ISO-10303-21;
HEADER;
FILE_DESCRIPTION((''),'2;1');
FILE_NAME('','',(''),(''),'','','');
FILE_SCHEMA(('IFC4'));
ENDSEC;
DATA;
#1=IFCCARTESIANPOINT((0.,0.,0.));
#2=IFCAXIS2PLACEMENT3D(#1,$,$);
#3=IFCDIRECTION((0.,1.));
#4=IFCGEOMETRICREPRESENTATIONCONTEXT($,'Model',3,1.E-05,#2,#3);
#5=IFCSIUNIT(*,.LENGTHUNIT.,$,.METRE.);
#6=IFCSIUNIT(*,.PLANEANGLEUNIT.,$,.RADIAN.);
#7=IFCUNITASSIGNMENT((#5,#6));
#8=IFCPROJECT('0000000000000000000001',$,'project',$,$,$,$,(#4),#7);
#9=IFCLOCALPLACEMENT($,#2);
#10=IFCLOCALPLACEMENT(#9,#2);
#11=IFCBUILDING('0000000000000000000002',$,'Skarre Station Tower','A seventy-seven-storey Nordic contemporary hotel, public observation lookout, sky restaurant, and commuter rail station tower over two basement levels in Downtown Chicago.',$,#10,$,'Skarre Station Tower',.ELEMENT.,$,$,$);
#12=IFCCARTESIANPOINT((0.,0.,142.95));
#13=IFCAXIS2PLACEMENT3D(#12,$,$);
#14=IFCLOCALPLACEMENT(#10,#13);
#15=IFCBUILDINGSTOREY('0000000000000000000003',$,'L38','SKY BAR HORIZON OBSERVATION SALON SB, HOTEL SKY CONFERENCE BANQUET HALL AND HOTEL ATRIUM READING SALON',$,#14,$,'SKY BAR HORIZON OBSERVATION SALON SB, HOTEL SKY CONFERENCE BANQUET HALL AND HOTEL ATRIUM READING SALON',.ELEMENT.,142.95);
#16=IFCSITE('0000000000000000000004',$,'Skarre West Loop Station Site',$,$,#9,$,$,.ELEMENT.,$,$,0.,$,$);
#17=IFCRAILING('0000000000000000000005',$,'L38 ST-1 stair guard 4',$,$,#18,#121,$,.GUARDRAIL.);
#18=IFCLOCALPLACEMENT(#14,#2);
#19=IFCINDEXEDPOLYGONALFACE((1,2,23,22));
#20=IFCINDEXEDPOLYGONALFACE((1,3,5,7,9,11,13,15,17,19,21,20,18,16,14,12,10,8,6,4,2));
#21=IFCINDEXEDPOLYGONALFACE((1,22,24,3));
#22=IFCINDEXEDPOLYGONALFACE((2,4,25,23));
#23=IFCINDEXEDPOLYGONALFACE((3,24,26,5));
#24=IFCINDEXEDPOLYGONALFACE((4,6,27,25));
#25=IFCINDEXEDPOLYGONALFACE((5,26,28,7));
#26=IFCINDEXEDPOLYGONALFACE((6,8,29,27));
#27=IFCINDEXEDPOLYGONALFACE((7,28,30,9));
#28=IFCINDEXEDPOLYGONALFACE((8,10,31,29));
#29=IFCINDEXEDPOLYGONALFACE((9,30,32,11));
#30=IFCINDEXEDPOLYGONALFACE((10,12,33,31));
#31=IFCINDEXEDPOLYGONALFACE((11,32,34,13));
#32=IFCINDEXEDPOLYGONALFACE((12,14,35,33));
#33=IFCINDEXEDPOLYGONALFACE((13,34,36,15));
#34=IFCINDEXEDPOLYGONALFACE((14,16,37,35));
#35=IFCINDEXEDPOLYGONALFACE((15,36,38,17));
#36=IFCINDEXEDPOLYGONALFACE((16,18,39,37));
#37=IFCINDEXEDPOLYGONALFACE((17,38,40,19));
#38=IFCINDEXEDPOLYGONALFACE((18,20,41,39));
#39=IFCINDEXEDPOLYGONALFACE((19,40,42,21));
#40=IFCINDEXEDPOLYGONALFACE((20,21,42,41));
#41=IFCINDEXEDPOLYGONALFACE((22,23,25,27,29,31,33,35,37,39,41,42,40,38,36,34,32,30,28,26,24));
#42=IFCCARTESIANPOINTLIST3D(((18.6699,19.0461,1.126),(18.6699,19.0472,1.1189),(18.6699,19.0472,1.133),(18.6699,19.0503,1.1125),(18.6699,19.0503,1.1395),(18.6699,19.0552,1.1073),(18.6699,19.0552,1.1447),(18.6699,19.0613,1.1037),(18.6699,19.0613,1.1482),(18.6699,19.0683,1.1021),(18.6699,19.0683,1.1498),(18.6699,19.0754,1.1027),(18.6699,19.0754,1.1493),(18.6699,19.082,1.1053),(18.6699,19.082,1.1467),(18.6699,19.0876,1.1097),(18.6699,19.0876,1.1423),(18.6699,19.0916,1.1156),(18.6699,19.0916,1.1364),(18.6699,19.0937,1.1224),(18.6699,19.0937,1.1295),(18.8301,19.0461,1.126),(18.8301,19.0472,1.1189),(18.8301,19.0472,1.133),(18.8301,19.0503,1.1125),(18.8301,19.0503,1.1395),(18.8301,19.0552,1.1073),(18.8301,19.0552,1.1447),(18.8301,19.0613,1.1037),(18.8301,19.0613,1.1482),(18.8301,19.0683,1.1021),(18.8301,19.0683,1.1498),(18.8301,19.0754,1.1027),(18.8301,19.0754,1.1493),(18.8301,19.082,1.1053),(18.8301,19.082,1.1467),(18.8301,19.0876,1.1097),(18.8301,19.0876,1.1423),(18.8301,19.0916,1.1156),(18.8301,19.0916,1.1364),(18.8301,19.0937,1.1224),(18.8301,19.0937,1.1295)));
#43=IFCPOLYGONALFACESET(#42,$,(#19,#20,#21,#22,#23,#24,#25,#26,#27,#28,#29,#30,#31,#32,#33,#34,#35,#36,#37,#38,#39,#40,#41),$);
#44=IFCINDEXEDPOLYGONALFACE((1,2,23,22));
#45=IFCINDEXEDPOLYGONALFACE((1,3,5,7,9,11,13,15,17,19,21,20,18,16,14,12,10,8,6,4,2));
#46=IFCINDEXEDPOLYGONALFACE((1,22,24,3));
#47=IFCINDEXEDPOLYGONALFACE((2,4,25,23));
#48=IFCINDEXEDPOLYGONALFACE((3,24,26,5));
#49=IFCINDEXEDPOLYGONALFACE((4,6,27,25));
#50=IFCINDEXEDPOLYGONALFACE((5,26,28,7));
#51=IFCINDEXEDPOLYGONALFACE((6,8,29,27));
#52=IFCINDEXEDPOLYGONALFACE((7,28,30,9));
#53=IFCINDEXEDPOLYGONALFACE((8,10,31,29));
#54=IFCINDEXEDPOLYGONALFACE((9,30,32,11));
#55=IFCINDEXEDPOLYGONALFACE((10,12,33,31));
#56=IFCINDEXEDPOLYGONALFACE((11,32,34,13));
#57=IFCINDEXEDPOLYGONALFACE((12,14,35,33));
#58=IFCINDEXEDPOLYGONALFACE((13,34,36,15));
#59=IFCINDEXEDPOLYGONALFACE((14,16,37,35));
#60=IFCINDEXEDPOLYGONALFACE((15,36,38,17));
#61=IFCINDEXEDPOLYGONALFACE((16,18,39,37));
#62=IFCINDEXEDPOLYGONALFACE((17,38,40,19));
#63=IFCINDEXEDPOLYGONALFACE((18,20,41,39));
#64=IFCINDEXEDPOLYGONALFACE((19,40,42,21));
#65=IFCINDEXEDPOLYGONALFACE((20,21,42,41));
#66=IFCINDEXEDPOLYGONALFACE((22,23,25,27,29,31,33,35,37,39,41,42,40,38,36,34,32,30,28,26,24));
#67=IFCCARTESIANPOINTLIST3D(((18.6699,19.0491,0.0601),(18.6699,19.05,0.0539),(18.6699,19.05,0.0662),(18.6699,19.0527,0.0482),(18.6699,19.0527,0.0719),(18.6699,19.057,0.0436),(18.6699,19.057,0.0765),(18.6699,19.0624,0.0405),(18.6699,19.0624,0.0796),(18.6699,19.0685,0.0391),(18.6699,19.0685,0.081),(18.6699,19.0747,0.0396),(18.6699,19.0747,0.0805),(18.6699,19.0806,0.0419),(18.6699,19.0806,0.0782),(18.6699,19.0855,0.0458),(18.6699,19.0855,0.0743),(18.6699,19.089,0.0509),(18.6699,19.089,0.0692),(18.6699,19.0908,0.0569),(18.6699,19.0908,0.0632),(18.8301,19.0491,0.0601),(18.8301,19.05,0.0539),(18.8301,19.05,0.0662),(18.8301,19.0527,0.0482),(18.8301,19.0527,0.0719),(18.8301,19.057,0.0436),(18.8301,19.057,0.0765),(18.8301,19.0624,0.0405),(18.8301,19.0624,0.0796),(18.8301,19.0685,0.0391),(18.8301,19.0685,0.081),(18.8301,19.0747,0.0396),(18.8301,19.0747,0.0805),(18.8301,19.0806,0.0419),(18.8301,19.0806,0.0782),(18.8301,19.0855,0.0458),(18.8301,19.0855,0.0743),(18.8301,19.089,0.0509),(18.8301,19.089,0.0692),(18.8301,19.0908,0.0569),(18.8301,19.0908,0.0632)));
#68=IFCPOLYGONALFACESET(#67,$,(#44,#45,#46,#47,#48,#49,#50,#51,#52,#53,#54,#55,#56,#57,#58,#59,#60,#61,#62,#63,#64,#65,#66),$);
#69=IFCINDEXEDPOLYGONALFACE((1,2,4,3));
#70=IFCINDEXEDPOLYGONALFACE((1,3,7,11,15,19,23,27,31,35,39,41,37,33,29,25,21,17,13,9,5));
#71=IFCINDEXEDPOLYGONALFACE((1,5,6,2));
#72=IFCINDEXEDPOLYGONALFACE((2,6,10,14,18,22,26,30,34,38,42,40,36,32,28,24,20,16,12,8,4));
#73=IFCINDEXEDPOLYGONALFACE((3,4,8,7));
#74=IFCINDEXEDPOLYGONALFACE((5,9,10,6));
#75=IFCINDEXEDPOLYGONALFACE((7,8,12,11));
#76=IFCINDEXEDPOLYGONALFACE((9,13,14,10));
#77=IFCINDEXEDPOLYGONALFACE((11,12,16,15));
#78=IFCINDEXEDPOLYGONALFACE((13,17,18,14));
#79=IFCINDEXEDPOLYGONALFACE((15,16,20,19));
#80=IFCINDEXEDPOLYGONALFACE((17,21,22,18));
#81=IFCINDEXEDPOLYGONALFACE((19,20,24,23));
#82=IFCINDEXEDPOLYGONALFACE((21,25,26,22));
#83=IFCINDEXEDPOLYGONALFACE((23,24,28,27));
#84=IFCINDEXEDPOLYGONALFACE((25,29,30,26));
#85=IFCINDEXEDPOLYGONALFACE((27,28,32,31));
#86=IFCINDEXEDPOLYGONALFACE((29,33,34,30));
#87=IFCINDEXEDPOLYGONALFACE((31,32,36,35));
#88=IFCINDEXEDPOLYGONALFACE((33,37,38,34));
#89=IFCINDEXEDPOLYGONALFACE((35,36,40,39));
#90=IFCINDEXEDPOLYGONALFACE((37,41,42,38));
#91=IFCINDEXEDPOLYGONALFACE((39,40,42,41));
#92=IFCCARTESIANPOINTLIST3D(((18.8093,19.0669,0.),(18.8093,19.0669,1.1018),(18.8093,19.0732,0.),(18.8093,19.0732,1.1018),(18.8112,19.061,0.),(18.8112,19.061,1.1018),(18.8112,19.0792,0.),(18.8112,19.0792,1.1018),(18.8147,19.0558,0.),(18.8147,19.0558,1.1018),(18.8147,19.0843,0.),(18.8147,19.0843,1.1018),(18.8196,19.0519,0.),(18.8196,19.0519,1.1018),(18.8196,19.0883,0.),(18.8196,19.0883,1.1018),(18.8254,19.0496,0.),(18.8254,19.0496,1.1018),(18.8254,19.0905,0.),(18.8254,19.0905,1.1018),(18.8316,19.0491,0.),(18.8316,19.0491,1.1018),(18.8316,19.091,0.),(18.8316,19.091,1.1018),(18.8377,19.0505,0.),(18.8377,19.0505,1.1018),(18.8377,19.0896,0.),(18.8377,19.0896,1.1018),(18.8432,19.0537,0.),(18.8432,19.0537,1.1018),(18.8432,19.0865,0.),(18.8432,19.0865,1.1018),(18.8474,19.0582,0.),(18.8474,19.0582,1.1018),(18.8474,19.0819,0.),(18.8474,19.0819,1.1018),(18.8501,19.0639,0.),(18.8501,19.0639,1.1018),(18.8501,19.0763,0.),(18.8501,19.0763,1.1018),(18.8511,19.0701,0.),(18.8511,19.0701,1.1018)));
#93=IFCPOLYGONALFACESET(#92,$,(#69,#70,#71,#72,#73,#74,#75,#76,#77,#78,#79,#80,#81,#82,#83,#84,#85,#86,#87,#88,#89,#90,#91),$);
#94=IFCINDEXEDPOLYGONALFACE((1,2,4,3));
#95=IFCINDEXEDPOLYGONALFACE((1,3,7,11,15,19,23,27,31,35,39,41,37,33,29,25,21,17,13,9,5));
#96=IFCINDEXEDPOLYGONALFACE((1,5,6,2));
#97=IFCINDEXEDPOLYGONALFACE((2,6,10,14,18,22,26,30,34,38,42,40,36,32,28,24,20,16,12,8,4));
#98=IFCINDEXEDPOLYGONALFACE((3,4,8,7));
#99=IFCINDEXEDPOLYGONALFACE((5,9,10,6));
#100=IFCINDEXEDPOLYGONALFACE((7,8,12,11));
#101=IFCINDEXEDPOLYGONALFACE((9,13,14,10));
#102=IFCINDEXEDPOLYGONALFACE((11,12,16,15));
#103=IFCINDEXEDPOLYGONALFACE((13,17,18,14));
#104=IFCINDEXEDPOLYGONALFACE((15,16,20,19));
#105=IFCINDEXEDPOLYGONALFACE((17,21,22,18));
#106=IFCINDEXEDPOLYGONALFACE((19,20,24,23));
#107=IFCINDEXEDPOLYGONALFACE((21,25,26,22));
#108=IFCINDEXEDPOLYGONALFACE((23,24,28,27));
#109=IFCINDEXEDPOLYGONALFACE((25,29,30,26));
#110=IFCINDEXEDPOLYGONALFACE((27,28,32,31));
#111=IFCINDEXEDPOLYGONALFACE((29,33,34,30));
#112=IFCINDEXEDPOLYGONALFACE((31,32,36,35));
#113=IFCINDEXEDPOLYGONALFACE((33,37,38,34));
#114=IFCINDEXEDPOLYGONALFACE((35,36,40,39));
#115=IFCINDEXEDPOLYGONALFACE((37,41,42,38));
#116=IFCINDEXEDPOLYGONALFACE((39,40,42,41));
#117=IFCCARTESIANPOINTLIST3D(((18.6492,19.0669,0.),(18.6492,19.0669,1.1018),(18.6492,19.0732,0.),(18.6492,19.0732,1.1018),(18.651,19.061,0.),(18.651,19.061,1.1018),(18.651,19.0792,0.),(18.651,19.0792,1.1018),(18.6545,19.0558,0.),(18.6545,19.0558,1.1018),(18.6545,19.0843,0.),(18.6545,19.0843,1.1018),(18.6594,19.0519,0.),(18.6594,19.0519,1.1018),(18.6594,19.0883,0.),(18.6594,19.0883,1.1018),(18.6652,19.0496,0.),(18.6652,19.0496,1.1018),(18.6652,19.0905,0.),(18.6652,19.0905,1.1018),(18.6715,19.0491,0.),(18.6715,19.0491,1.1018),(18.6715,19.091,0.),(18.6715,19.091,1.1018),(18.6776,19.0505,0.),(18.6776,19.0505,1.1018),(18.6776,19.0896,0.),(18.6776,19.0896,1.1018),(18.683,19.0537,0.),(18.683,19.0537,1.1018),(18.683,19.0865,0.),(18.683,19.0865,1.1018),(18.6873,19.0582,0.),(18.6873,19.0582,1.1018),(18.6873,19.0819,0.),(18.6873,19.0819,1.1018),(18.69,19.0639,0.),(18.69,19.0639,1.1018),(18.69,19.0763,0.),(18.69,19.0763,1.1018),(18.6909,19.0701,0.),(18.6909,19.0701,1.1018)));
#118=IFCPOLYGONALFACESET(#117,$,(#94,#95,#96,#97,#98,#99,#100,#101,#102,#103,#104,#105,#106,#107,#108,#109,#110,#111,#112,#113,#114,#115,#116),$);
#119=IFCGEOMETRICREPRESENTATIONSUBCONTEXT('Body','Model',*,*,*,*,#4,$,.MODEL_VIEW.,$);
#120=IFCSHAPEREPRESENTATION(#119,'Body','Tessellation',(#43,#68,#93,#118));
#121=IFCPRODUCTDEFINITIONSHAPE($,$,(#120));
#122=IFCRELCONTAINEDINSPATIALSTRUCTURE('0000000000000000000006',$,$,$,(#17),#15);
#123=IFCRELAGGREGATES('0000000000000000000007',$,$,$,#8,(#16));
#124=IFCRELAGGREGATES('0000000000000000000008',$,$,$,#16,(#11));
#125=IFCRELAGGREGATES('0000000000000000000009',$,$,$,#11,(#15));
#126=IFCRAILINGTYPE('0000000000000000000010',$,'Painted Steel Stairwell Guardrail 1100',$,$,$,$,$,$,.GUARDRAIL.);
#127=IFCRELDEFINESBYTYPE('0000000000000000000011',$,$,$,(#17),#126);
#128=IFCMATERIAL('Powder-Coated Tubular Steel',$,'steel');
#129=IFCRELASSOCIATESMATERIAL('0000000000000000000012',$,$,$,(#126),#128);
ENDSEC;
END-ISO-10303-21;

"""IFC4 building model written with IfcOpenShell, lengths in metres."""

from ifc_helpers import new_model, si_unit, direction, frame, origin, origin_2d, place, context, subcontext, project, spatial, circle, extrude, material, type_object, element, save


model = new_model("IFC4")

# Units and contexts
model_context = context("Model", 3, precision=1e-05, world=origin(), true_north=direction((0.0, 1.0)))
body_context = subcontext(model_context, "Body", "Model", "MODEL_VIEW")
ifc_project = project(units=[si_unit("LENGTHUNIT", "METRE"), si_unit("PLANEANGLEUNIT", "RADIAN")], contexts=[model_context])

# Site, building, storey
site_placement = place(None, origin())
site = spatial("IfcSite", under=ifc_project, at=site_placement, Name="Skarre West Loop Station Site", CompositionType="ELEMENT", RefElevation=0.0)
building_placement = place(site_placement, origin())
building = spatial("IfcBuilding", under=site, at=building_placement, Name="Skarre Station Tower", Description="A seventy-seven-storey Nordic contemporary hotel, public observation lookout, sky restaurant, and commuter rail station tower over two basement levels in Downtown Chicago.", LongName="Skarre Station Tower", CompositionType="ELEMENT")
storey_placement = place(building_placement, frame((0.0, 0.0, 142.95)))
storey = spatial("IfcBuildingStorey", under=building, at=storey_placement, Name="L38", Description="SKY BAR HORIZON OBSERVATION SALON SB, HOTEL SKY CONFERENCE BANQUET HALL AND HOTEL ATRIUM READING SALON", LongName="SKY BAR HORIZON OBSERVATION SALON SB, HOTEL SKY CONFERENCE BANQUET HALL AND HOTEL ATRIUM READING SALON", CompositionType="ELEMENT", Elevation=142.95)

# Railing
ifc_material_1 = material(Name="Powder-Coated Tubular Steel", Category="steel")
railing_type_1 = type_object("IfcRailingType", Name="Painted Steel Stairwell Guardrail 1100", PredefinedType="GUARDRAIL", material=ifc_material_1)
railing_1_placement = place(storey_placement, frame((18.8301, 19.0701, 0.0)))
element("IfcRailing", 1, at=railing_1_placement, inside=storey, type_object=railing_type_1, Name="L38 ST-1 stair guard 4", PredefinedType="GUARDRAIL", context=body_context, shape_type="SweptSolid", body=[
    extrude(circle(Radius=0.0239, at=origin_2d()), frame((0.0, 0.0, 1.126), z_axis=(-1.0, 0.0, 0.0), x_axis=(0.0, -1.0, 0.0)), (0.0, 0.0, 1.0), 0.1602),
    extrude(circle(Radius=0.021, at=origin_2d()), frame((0.0, 0.0, 0.0601), z_axis=(-1.0, 0.0, 0.0), x_axis=(0.0, -1.0, 0.0)), (0.0, 0.0, 1.0), 0.1602),
    extrude(circle(Radius=0.021, at=origin_2d()), origin(), (0.0, 0.0, 1.0), 1.1018),
    extrude(circle(Radius=0.021, at=origin_2d()), frame((-0.1602, 0.0, 0.0)), (0.0, 0.0, 1.0), 1.1018),
])

save(model, "model.ifc")
